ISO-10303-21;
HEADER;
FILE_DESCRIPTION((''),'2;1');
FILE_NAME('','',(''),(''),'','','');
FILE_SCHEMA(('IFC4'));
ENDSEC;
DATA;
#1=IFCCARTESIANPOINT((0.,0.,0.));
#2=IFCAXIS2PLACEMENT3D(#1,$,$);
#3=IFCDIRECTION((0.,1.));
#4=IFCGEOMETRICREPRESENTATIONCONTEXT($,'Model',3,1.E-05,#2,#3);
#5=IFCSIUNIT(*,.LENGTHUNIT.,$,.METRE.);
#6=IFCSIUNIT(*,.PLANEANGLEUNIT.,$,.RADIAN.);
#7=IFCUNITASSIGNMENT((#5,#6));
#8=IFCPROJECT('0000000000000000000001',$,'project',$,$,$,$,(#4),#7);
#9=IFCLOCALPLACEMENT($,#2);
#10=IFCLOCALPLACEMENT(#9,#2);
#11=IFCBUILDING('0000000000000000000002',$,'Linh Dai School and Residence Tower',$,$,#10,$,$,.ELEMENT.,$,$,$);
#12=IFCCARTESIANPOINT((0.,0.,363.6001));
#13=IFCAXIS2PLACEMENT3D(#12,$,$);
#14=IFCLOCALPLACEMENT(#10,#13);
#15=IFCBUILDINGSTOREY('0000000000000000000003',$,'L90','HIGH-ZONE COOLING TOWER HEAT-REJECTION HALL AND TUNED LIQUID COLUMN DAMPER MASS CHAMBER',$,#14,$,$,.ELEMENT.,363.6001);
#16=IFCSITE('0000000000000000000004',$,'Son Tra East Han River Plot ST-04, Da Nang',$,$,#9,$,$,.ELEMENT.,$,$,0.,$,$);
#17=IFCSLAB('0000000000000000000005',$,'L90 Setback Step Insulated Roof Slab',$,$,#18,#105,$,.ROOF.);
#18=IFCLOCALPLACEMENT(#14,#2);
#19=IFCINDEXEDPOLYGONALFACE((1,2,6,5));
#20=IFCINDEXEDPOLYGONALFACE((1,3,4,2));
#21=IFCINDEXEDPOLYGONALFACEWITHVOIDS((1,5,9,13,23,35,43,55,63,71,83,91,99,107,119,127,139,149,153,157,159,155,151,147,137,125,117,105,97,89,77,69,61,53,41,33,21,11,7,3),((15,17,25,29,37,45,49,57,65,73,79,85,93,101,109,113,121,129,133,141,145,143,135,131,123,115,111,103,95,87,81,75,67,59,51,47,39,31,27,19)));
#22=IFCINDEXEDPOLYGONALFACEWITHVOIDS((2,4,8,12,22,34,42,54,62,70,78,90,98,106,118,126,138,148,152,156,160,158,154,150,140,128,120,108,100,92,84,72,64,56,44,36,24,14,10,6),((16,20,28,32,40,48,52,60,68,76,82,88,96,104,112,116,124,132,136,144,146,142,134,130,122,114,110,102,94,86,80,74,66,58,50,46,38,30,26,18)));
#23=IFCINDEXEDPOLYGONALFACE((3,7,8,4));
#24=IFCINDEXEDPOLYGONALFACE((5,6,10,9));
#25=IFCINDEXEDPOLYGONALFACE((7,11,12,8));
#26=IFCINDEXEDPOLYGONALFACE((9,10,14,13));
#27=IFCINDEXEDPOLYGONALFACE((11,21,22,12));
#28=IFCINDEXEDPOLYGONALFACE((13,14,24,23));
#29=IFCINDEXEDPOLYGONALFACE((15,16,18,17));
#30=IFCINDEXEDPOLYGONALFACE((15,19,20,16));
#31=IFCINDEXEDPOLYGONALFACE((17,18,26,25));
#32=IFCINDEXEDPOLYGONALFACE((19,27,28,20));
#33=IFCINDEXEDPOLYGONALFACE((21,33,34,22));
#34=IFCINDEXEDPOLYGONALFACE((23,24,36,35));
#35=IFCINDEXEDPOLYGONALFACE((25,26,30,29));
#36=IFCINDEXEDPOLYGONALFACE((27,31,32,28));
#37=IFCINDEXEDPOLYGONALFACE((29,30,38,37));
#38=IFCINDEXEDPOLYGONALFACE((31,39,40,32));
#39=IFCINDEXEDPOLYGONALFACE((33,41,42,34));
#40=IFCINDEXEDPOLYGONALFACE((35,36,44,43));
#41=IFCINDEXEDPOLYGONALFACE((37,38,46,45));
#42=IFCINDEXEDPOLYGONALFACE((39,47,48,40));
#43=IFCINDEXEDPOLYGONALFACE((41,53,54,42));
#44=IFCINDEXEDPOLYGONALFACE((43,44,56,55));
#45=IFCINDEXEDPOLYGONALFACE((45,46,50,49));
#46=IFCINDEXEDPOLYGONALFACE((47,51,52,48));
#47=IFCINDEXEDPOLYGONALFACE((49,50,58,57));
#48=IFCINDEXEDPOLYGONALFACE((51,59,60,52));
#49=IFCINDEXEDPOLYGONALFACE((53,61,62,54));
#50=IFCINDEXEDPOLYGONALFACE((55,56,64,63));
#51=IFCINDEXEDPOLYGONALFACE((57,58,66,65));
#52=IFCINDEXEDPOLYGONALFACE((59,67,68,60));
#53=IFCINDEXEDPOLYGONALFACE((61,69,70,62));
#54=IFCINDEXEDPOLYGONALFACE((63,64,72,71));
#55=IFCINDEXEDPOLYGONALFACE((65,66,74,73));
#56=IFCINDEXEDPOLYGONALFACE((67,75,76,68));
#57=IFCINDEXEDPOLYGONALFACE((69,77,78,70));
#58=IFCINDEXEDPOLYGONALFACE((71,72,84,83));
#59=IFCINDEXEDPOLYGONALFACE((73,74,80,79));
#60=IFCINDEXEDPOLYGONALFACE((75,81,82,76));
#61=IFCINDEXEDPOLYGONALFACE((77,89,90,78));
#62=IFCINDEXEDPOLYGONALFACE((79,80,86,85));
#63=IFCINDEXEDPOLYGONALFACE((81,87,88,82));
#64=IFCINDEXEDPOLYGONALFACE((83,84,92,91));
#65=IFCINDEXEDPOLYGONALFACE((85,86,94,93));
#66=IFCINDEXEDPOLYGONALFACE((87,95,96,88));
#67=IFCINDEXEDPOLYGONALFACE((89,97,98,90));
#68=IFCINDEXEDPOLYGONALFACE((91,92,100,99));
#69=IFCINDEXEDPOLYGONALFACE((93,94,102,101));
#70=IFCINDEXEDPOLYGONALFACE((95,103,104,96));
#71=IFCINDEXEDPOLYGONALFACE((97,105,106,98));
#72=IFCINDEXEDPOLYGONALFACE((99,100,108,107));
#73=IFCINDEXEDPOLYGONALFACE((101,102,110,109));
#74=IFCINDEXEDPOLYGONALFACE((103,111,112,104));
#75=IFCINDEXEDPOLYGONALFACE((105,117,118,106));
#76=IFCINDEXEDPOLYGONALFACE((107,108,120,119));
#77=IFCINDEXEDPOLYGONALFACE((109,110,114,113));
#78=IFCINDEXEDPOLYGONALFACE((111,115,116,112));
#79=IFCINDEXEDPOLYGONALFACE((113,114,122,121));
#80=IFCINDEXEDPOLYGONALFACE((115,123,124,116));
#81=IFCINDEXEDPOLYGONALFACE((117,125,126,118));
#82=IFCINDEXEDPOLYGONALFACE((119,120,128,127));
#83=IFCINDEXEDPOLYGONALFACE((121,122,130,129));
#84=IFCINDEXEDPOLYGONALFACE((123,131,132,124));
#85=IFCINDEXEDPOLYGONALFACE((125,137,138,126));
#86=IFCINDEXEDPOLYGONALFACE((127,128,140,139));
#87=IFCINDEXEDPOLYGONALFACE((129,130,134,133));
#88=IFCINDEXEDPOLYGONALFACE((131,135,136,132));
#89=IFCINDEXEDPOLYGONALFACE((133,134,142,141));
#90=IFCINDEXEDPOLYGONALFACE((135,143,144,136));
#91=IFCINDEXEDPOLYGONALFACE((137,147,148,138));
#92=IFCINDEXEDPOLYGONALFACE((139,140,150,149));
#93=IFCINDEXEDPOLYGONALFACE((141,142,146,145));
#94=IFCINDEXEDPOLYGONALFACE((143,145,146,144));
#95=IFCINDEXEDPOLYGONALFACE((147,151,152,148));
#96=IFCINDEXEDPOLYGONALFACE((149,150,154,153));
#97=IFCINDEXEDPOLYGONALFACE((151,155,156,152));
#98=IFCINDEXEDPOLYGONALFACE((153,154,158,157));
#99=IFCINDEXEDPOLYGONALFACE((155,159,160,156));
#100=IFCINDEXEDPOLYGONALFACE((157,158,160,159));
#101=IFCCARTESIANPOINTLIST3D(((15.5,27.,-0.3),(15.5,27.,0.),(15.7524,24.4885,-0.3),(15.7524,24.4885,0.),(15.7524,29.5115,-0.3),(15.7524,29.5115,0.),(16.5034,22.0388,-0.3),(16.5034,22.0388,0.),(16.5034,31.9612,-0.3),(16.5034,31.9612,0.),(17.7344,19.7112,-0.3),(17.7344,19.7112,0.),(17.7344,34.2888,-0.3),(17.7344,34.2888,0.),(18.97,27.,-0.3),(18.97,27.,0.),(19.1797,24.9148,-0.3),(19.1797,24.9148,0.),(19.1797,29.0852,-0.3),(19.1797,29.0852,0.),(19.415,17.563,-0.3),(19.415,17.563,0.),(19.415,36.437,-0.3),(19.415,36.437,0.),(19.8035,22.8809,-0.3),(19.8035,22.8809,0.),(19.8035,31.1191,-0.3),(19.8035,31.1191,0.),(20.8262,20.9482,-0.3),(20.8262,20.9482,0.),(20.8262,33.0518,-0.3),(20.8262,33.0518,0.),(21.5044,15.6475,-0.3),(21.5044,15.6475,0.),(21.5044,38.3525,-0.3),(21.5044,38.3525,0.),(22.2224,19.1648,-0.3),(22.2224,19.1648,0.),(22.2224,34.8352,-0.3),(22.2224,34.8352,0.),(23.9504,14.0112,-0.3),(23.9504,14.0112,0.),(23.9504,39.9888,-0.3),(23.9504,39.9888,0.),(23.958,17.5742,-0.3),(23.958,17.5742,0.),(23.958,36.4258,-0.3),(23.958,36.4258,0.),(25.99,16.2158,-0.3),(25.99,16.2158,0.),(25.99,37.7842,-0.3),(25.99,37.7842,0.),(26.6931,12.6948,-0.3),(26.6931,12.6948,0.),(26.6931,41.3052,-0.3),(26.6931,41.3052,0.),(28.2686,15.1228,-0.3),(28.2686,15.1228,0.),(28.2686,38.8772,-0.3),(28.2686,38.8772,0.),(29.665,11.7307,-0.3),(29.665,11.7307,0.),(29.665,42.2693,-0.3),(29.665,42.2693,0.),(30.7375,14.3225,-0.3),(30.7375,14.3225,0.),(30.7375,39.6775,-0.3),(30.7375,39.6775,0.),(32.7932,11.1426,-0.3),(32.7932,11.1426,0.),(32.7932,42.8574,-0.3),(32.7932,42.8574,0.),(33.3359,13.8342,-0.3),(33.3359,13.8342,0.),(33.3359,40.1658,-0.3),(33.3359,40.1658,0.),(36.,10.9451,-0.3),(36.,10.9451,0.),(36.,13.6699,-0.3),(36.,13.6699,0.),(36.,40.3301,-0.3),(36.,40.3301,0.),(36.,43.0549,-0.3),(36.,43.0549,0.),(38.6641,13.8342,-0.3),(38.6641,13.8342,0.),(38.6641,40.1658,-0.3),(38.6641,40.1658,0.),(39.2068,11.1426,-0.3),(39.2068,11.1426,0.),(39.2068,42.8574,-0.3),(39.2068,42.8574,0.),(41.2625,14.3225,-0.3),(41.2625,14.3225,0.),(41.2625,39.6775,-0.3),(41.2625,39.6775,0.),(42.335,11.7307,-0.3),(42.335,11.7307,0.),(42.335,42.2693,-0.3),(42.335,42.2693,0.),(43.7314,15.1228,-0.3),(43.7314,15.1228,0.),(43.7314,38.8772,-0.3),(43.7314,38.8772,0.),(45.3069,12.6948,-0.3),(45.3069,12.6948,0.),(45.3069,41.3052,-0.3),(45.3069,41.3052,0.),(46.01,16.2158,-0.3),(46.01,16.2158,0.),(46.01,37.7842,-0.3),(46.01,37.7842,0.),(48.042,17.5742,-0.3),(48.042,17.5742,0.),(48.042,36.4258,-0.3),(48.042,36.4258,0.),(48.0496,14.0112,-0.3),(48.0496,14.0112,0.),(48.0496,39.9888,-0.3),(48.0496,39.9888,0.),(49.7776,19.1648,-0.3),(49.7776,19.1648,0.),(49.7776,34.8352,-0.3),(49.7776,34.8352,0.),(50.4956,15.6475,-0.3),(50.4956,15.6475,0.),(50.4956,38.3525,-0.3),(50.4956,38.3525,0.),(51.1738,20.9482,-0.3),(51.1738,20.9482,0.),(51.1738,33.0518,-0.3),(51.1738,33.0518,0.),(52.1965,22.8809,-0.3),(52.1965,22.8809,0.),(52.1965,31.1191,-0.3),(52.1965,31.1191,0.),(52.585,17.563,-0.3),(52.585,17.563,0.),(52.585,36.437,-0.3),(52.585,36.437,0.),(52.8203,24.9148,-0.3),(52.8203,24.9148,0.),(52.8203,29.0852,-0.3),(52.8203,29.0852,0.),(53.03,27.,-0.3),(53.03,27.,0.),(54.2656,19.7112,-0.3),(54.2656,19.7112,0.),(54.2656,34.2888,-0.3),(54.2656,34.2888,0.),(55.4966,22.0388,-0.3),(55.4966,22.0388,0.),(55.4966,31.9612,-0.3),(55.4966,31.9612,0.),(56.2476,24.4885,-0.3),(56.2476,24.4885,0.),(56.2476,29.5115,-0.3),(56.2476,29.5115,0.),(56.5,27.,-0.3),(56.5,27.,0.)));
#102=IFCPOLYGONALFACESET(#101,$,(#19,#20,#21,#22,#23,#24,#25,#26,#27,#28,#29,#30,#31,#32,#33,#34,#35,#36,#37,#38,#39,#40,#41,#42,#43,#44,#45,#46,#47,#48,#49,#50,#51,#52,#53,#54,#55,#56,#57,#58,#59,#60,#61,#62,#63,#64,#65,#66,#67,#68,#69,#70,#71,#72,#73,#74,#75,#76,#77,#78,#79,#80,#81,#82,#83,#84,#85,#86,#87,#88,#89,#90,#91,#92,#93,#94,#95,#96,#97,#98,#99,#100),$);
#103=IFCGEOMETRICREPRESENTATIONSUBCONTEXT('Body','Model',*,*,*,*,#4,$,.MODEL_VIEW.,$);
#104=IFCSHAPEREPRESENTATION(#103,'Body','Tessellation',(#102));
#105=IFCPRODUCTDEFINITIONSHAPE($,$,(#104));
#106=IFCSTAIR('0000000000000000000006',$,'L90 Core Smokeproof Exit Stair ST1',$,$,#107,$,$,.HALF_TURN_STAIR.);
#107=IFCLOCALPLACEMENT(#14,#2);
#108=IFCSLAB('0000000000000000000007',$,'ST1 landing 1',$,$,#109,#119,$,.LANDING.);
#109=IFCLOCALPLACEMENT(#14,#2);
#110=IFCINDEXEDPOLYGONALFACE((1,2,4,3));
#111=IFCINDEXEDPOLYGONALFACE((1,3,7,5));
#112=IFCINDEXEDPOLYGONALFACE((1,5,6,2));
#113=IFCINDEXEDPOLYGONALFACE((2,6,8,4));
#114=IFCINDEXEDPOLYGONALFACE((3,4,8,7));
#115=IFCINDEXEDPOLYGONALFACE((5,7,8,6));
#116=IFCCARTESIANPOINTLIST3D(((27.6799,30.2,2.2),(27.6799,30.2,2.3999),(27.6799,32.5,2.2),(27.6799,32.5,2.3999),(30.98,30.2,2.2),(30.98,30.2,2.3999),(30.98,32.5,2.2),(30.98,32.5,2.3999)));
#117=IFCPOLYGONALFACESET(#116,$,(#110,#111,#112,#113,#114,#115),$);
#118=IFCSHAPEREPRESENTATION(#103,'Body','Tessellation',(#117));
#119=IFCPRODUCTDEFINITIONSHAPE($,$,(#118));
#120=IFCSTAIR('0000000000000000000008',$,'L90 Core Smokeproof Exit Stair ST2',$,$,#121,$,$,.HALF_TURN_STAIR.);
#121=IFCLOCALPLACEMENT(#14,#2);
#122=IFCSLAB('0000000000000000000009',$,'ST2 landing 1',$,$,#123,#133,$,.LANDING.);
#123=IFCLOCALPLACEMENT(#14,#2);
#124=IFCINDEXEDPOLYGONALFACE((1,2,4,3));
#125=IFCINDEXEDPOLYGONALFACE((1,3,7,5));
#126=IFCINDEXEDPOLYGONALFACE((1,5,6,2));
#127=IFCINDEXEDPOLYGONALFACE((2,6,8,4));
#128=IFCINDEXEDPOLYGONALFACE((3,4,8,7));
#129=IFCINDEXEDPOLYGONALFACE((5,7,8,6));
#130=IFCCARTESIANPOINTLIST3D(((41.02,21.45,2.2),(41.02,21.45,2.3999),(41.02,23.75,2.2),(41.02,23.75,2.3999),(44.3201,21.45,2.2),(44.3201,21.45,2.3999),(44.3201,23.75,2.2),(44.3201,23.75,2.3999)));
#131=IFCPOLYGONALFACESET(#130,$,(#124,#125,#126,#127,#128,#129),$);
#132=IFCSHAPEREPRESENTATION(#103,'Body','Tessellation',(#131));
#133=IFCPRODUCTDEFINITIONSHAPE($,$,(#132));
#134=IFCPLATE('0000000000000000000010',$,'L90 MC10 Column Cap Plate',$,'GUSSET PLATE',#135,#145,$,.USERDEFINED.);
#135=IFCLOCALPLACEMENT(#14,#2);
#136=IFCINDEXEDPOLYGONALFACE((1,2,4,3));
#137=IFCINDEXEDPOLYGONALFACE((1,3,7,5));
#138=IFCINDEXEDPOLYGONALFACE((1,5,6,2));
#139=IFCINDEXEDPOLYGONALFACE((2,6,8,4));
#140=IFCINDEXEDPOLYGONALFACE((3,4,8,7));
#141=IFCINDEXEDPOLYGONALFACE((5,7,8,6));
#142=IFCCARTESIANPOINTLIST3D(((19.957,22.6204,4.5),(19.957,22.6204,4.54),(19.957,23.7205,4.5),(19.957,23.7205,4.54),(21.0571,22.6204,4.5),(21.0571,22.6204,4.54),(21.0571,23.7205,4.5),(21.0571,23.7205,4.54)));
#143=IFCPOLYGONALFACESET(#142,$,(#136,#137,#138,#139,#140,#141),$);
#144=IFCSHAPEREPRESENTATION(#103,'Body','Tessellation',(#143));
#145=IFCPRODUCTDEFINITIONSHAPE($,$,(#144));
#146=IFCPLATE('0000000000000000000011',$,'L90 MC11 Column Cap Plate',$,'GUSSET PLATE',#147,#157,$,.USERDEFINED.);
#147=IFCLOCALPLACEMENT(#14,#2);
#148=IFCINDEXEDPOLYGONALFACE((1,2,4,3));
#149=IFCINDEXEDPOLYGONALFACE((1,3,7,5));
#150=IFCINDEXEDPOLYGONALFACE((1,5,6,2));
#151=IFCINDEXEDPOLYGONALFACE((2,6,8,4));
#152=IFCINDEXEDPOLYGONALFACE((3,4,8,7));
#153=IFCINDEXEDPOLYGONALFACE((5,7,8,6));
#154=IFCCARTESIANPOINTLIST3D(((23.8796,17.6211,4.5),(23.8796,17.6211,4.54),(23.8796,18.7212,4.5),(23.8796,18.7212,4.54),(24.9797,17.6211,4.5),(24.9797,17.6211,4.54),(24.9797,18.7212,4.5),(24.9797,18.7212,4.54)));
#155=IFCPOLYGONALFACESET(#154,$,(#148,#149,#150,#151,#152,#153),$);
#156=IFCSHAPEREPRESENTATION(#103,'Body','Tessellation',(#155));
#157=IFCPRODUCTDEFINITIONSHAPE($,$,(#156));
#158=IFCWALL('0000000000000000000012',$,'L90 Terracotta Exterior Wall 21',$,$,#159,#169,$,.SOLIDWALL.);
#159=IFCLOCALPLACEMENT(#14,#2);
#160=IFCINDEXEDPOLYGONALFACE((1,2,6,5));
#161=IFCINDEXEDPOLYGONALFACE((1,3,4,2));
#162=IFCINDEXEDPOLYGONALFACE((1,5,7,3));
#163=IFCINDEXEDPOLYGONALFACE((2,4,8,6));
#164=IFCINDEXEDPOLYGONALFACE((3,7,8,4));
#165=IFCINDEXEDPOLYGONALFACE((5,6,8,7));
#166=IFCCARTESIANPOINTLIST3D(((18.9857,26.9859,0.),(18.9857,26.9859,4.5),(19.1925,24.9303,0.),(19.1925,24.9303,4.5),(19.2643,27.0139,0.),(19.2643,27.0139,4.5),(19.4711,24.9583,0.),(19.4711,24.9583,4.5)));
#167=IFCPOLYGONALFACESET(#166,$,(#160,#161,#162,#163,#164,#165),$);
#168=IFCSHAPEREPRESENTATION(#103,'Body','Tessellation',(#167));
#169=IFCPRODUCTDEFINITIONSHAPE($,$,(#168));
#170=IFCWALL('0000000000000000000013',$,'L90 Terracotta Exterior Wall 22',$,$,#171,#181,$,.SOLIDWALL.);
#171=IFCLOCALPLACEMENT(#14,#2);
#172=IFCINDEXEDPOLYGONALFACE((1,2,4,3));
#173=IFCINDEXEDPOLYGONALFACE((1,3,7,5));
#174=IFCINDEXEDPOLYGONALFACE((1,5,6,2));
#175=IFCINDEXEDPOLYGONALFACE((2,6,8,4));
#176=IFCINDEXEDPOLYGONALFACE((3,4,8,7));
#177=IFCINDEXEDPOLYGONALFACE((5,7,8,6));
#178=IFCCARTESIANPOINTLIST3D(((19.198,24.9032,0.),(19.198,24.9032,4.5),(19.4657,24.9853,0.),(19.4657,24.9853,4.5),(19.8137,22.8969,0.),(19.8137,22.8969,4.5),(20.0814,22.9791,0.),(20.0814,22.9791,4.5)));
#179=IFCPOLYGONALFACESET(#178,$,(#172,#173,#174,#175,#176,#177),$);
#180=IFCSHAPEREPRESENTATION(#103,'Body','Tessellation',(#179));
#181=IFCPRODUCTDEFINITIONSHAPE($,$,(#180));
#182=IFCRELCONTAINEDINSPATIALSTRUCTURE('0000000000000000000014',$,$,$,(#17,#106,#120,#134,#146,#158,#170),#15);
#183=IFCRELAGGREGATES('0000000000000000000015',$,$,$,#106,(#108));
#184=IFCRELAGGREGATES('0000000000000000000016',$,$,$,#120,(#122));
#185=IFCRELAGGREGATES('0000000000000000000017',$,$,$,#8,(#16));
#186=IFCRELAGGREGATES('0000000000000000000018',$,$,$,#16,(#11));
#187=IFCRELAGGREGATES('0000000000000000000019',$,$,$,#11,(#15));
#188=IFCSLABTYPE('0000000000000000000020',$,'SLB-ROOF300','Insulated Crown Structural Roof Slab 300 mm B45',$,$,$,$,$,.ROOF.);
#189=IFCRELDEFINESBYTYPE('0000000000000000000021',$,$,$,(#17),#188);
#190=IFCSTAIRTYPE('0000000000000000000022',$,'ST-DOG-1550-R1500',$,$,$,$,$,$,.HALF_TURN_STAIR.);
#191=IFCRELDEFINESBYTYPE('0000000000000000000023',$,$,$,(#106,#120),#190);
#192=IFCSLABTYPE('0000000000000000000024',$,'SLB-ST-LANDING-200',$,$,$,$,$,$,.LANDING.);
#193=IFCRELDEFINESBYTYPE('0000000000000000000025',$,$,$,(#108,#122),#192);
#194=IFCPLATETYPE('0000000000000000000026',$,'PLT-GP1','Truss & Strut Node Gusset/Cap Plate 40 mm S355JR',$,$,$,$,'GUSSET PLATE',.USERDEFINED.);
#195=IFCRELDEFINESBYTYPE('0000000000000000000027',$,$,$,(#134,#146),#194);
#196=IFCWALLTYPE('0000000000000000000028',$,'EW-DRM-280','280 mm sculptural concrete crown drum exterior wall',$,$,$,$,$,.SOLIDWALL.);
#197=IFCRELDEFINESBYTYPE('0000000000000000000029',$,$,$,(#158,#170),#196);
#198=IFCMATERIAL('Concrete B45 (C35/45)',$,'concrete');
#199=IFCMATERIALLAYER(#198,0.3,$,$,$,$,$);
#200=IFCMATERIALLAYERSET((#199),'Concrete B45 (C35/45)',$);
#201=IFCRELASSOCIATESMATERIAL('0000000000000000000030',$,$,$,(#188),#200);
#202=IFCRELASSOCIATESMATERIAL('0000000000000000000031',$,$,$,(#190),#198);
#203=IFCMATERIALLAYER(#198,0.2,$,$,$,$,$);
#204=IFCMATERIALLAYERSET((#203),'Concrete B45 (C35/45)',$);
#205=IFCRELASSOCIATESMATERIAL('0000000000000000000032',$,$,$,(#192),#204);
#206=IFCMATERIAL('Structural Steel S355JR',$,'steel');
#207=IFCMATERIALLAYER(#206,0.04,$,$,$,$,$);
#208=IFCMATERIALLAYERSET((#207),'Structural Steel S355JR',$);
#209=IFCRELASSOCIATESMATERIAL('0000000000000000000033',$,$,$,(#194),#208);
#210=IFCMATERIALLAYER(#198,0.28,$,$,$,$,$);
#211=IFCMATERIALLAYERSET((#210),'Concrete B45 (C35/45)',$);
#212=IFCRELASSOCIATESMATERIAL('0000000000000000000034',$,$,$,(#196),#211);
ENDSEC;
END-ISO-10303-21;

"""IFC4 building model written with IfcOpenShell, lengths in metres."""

from ifc_helpers import new_model, si_unit, direction, frame, frame_2d, origin, origin_2d, place, context, subcontext, project, spatial, polyline, rectangle, outline, extrude, source, transform, mapped, material, layer, layer_set, type_object, element, aggregate, save


model = new_model("IFC4")

# Units and contexts
model_context = context("Model", 3, precision=1e-05, world=origin(), true_north=direction((0.0, 1.0)))
body_context = subcontext(model_context, "Body", "Model", "MODEL_VIEW")
ifc_project = project(units=[si_unit("LENGTHUNIT", "METRE"), si_unit("PLANEANGLEUNIT", "RADIAN")], contexts=[model_context])

# Site, building, storey
site_placement = place(None, origin())
site = spatial("IfcSite", under=ifc_project, at=site_placement, Name="Son Tra East Han River Plot ST-04, Da Nang", CompositionType="ELEMENT", RefElevation=0.0)
building_placement = place(site_placement, origin())
building = spatial("IfcBuilding", under=site, at=building_placement, Name="Linh Dai School and Residence Tower", CompositionType="ELEMENT")
storey_placement = place(building_placement, frame((0.0, 0.0, 363.6001)))
storey = spatial("IfcBuildingStorey", under=building, at=storey_placement, Name="L90", Description="HIGH-ZONE COOLING TOWER HEAT-REJECTION HALL AND TUNED LIQUID COLUMN DAMPER MASS CHAMBER", CompositionType="ELEMENT", Elevation=363.6001)

# Shared definitions
ifc_material_1 = material(Name="Concrete B45 (C35/45)", Category="concrete")
ifc_material_2 = material(Name="Structural Steel S355JR", Category="steel")

# Slab
ifc_layer_1 = layer(ifc_material_1, 0.3)
ifc_layer_set_1 = layer_set([ifc_layer_1], Name="Concrete B45 (C35/45)")
slab_type_1 = type_object("IfcSlabType", Name="SLB-ROOF300", Description="Insulated Crown Structural Roof Slab 300 mm B45", PredefinedType="ROOF", material=ifc_layer_set_1)
slab_1_placement = place(storey_placement, frame((0.0, 0.0, -0.3)))
element("IfcSlab", 1, at=slab_1_placement, inside=storey, type_object=slab_type_1, Name="L90 Setback Step Insulated Roof Slab", PredefinedType="ROOF", context=body_context, shape_type="SweptSolid", body=[
    extrude(outline(polyline([(56.5, 27.0), (56.2476, 29.5115), (55.4966, 31.9612), (54.2656, 34.2888), (52.585, 36.437), (50.4956, 38.3525), (48.0496, 39.9888), (45.3069, 41.3052), (42.335, 42.2693), (39.2068, 42.8574), (36.0, 43.0549), (32.7932, 42.8574), (29.665, 42.2693), (26.6931, 41.3052), (23.9504, 39.9888), (21.5044, 38.3525), (19.415, 36.437), (17.7344, 34.2888), (16.5034, 31.9612), (15.7524, 29.5115), (15.5, 27.0), (15.7524, 24.4885), (16.5034, 22.0388), (17.7344, 19.7112), (19.415, 17.563), (21.5044, 15.6475), (23.9504, 14.0112), (26.6931, 12.6948), (29.665, 11.7307), (32.7932, 11.1426), (36.0, 10.9451), (39.2068, 11.1426), (42.335, 11.7307), (45.3069, 12.6948), (48.0496, 14.0112), (50.4956, 15.6475), (52.585, 17.563), (54.2656, 19.7112), (55.4966, 22.0388), (56.2476, 24.4885), (56.5, 27.0)]), holes=[polyline([(53.03, 27.0), (52.8203, 29.0852), (52.1965, 31.1191), (51.1738, 33.0518), (49.7776, 34.8352), (48.042, 36.4258), (46.01, 37.7842), (43.7314, 38.8772), (41.2625, 39.6775), (38.6641, 40.1658), (36.0, 40.3301), (33.3359, 40.1658), (30.7375, 39.6775), (28.2686, 38.8772), (25.99, 37.7842), (23.958, 36.4258), (22.2224, 34.8352), (20.8262, 33.0518), (19.8035, 31.1191), (19.1797, 29.0852), (18.97, 27.0), (19.1797, 24.9148), (19.8035, 22.8809), (20.8262, 20.9482), (22.2224, 19.1648), (23.958, 17.5742), (25.99, 16.2158), (28.2686, 15.1228), (30.7375, 14.3225), (33.3359, 13.8342), (36.0, 13.6699), (38.6641, 13.8342), (41.2625, 14.3225), (43.7314, 15.1228), (46.01, 16.2158), (48.042, 17.5742), (49.7776, 19.1648), (51.1738, 20.9482), (52.1965, 22.8809), (52.8203, 24.9148), (53.03, 27.0)])]), origin(), (0.0, 0.0, 1.0), 0.3),
])

# Stairs, slabs
stair_type = type_object("IfcStairType", Name="ST-DOG-1550-R1500", PredefinedType="HALF_TURN_STAIR", material=ifc_material_1)
stair_1_placement = place(storey_placement, origin())
stair_1 = element("IfcStair", 2, at=stair_1_placement, inside=storey, type_object=stair_type, Name="L90 Core Smokeproof Exit Stair ST1", PredefinedType="HALF_TURN_STAIR")
ifc_layer_2 = layer(ifc_material_1, 0.2)
ifc_layer_set_2 = layer_set([ifc_layer_2], Name="Concrete B45 (C35/45)")
slab_type_2 = type_object("IfcSlabType", Name="SLB-ST-LANDING-200", PredefinedType="LANDING", material=ifc_layer_set_2)
slab_2_placement = place(storey_placement, frame((0.0, 0.0, 2.2)))
slab_2 = element("IfcSlab", 3, at=slab_2_placement, type_object=slab_type_2, Name="ST1 landing 1", PredefinedType="LANDING", context=body_context, shape_type="SweptSolid", body=[
    extrude(outline(polyline([(30.98, 30.2), (30.98, 32.5), (27.6799, 32.5), (27.6799, 30.2), (30.98, 30.2)])), origin(), (0.0, 0.0, 1.0), 0.2),
])
aggregate(stair_1, [slab_2])
stair_2_placement = place(storey_placement, origin())
stair_2 = element("IfcStair", 4, at=stair_2_placement, inside=storey, type_object=stair_type, Name="L90 Core Smokeproof Exit Stair ST2", PredefinedType="HALF_TURN_STAIR")
slab_3_placement = place(storey_placement, frame((0.0, 0.0, 2.2)))
slab_3 = element("IfcSlab", 5, at=slab_3_placement, type_object=slab_type_2, Name="ST2 landing 1", PredefinedType="LANDING", context=body_context, shape_type="SweptSolid", body=[
    extrude(outline(polyline([(41.02, 23.75), (41.02, 21.45), (44.3201, 21.45), (44.3201, 23.75), (41.02, 23.75)])), origin(), (0.0, 0.0, 1.0), 0.2),
])
aggregate(stair_2, [slab_3])

# Plates
ifc_layer_3 = layer(ifc_material_2, 0.04)
ifc_layer_set_3 = layer_set([ifc_layer_3], Name="Structural Steel S355JR")
plate_type = type_object("IfcPlateType", Name="PLT-GP1", Description="Truss & Strut Node Gusset/Cap Plate 40 mm S355JR", ElementType="GUSSET PLATE", PredefinedType="USERDEFINED", material=ifc_layer_set_3)
shared_shape_1 = source(origin(), body_context, "Body", "SweptSolid", [
    extrude(rectangle(XDim=1.1001, YDim=1.1001, at=origin_2d()), origin(), (0.0, 0.0, 1.0), 0.04),
])
for number, where, z_axis, x_axis, name in (
    (6, (20.5071, 23.1704, 4.5), (0.0, 0.0, 1.0), (1.0, 0.0, 0.0), "L90 MC10 Column Cap Plate"),
    (7, (24.4297, 18.1711, 4.5), (0.0, 0.0, 1.0), (1.0, 0.0, 0.0), "L90 MC11 Column Cap Plate"),
):
    element("IfcPlate", number, at=place(storey_placement, frame(where, z_axis=z_axis, x_axis=x_axis)), inside=storey, type_object=plate_type, Name=name, ObjectType="GUSSET PLATE", PredefinedType="USERDEFINED", context=body_context, shape_type="MappedRepresentation", body=[
        mapped(shared_shape_1, transform((0.0, 0.0, 0.0), x_axis=(1.0, 0.0, 0.0), y_axis=(0.0, 1.0, 0.0), z_axis=(0.0, 0.0, 1.0), scale=1.0)),
    ])

# Walls
ifc_layer_4 = layer(ifc_material_1, 0.28)
ifc_layer_set_4 = layer_set([ifc_layer_4], Name="Concrete B45 (C35/45)")
wall_type_1 = type_object("IfcWallType", Name="EW-DRM-280", Description="280 mm sculptural concrete crown drum exterior wall", PredefinedType="SOLIDWALL", material=ifc_layer_set_4)
wall_1_placement = place(storey_placement, frame((19.3318, 24.9443, 0.0), z_axis=(0.0, 0.0, 1.0), x_axis=(-0.100089, 0.994979, 0.0)))
element("IfcWall", 8, at=wall_1_placement, inside=storey, type_object=wall_type_1, Name="L90 Terracotta Exterior Wall 21", PredefinedType="SOLIDWALL", context=body_context, shape_type="SweptSolid", body=[
    extrude(rectangle(XDim=2.0659, YDim=0.28, at=frame_2d((1.033, 0.0))), origin(), (0.0, 0.0, 1.0), 4.5),
])
wall_2_placement = place(storey_placement, frame((19.9475, 22.938, 0.0), z_axis=(0.0, 0.0, 1.0), x_axis=(-0.293383, 0.955995, 0.0)))
element("IfcWall", 9, at=wall_2_placement, inside=storey, type_object=wall_type_1, Name="L90 Terracotta Exterior Wall 22", PredefinedType="SOLIDWALL", context=body_context, shape_type="SweptSolid", body=[
    extrude(rectangle(XDim=2.0986, YDim=0.28, at=frame_2d((1.0493, 0.0))), origin(), (0.0, 0.0, 1.0), 4.5),
])

save(model, "model.ifc")
